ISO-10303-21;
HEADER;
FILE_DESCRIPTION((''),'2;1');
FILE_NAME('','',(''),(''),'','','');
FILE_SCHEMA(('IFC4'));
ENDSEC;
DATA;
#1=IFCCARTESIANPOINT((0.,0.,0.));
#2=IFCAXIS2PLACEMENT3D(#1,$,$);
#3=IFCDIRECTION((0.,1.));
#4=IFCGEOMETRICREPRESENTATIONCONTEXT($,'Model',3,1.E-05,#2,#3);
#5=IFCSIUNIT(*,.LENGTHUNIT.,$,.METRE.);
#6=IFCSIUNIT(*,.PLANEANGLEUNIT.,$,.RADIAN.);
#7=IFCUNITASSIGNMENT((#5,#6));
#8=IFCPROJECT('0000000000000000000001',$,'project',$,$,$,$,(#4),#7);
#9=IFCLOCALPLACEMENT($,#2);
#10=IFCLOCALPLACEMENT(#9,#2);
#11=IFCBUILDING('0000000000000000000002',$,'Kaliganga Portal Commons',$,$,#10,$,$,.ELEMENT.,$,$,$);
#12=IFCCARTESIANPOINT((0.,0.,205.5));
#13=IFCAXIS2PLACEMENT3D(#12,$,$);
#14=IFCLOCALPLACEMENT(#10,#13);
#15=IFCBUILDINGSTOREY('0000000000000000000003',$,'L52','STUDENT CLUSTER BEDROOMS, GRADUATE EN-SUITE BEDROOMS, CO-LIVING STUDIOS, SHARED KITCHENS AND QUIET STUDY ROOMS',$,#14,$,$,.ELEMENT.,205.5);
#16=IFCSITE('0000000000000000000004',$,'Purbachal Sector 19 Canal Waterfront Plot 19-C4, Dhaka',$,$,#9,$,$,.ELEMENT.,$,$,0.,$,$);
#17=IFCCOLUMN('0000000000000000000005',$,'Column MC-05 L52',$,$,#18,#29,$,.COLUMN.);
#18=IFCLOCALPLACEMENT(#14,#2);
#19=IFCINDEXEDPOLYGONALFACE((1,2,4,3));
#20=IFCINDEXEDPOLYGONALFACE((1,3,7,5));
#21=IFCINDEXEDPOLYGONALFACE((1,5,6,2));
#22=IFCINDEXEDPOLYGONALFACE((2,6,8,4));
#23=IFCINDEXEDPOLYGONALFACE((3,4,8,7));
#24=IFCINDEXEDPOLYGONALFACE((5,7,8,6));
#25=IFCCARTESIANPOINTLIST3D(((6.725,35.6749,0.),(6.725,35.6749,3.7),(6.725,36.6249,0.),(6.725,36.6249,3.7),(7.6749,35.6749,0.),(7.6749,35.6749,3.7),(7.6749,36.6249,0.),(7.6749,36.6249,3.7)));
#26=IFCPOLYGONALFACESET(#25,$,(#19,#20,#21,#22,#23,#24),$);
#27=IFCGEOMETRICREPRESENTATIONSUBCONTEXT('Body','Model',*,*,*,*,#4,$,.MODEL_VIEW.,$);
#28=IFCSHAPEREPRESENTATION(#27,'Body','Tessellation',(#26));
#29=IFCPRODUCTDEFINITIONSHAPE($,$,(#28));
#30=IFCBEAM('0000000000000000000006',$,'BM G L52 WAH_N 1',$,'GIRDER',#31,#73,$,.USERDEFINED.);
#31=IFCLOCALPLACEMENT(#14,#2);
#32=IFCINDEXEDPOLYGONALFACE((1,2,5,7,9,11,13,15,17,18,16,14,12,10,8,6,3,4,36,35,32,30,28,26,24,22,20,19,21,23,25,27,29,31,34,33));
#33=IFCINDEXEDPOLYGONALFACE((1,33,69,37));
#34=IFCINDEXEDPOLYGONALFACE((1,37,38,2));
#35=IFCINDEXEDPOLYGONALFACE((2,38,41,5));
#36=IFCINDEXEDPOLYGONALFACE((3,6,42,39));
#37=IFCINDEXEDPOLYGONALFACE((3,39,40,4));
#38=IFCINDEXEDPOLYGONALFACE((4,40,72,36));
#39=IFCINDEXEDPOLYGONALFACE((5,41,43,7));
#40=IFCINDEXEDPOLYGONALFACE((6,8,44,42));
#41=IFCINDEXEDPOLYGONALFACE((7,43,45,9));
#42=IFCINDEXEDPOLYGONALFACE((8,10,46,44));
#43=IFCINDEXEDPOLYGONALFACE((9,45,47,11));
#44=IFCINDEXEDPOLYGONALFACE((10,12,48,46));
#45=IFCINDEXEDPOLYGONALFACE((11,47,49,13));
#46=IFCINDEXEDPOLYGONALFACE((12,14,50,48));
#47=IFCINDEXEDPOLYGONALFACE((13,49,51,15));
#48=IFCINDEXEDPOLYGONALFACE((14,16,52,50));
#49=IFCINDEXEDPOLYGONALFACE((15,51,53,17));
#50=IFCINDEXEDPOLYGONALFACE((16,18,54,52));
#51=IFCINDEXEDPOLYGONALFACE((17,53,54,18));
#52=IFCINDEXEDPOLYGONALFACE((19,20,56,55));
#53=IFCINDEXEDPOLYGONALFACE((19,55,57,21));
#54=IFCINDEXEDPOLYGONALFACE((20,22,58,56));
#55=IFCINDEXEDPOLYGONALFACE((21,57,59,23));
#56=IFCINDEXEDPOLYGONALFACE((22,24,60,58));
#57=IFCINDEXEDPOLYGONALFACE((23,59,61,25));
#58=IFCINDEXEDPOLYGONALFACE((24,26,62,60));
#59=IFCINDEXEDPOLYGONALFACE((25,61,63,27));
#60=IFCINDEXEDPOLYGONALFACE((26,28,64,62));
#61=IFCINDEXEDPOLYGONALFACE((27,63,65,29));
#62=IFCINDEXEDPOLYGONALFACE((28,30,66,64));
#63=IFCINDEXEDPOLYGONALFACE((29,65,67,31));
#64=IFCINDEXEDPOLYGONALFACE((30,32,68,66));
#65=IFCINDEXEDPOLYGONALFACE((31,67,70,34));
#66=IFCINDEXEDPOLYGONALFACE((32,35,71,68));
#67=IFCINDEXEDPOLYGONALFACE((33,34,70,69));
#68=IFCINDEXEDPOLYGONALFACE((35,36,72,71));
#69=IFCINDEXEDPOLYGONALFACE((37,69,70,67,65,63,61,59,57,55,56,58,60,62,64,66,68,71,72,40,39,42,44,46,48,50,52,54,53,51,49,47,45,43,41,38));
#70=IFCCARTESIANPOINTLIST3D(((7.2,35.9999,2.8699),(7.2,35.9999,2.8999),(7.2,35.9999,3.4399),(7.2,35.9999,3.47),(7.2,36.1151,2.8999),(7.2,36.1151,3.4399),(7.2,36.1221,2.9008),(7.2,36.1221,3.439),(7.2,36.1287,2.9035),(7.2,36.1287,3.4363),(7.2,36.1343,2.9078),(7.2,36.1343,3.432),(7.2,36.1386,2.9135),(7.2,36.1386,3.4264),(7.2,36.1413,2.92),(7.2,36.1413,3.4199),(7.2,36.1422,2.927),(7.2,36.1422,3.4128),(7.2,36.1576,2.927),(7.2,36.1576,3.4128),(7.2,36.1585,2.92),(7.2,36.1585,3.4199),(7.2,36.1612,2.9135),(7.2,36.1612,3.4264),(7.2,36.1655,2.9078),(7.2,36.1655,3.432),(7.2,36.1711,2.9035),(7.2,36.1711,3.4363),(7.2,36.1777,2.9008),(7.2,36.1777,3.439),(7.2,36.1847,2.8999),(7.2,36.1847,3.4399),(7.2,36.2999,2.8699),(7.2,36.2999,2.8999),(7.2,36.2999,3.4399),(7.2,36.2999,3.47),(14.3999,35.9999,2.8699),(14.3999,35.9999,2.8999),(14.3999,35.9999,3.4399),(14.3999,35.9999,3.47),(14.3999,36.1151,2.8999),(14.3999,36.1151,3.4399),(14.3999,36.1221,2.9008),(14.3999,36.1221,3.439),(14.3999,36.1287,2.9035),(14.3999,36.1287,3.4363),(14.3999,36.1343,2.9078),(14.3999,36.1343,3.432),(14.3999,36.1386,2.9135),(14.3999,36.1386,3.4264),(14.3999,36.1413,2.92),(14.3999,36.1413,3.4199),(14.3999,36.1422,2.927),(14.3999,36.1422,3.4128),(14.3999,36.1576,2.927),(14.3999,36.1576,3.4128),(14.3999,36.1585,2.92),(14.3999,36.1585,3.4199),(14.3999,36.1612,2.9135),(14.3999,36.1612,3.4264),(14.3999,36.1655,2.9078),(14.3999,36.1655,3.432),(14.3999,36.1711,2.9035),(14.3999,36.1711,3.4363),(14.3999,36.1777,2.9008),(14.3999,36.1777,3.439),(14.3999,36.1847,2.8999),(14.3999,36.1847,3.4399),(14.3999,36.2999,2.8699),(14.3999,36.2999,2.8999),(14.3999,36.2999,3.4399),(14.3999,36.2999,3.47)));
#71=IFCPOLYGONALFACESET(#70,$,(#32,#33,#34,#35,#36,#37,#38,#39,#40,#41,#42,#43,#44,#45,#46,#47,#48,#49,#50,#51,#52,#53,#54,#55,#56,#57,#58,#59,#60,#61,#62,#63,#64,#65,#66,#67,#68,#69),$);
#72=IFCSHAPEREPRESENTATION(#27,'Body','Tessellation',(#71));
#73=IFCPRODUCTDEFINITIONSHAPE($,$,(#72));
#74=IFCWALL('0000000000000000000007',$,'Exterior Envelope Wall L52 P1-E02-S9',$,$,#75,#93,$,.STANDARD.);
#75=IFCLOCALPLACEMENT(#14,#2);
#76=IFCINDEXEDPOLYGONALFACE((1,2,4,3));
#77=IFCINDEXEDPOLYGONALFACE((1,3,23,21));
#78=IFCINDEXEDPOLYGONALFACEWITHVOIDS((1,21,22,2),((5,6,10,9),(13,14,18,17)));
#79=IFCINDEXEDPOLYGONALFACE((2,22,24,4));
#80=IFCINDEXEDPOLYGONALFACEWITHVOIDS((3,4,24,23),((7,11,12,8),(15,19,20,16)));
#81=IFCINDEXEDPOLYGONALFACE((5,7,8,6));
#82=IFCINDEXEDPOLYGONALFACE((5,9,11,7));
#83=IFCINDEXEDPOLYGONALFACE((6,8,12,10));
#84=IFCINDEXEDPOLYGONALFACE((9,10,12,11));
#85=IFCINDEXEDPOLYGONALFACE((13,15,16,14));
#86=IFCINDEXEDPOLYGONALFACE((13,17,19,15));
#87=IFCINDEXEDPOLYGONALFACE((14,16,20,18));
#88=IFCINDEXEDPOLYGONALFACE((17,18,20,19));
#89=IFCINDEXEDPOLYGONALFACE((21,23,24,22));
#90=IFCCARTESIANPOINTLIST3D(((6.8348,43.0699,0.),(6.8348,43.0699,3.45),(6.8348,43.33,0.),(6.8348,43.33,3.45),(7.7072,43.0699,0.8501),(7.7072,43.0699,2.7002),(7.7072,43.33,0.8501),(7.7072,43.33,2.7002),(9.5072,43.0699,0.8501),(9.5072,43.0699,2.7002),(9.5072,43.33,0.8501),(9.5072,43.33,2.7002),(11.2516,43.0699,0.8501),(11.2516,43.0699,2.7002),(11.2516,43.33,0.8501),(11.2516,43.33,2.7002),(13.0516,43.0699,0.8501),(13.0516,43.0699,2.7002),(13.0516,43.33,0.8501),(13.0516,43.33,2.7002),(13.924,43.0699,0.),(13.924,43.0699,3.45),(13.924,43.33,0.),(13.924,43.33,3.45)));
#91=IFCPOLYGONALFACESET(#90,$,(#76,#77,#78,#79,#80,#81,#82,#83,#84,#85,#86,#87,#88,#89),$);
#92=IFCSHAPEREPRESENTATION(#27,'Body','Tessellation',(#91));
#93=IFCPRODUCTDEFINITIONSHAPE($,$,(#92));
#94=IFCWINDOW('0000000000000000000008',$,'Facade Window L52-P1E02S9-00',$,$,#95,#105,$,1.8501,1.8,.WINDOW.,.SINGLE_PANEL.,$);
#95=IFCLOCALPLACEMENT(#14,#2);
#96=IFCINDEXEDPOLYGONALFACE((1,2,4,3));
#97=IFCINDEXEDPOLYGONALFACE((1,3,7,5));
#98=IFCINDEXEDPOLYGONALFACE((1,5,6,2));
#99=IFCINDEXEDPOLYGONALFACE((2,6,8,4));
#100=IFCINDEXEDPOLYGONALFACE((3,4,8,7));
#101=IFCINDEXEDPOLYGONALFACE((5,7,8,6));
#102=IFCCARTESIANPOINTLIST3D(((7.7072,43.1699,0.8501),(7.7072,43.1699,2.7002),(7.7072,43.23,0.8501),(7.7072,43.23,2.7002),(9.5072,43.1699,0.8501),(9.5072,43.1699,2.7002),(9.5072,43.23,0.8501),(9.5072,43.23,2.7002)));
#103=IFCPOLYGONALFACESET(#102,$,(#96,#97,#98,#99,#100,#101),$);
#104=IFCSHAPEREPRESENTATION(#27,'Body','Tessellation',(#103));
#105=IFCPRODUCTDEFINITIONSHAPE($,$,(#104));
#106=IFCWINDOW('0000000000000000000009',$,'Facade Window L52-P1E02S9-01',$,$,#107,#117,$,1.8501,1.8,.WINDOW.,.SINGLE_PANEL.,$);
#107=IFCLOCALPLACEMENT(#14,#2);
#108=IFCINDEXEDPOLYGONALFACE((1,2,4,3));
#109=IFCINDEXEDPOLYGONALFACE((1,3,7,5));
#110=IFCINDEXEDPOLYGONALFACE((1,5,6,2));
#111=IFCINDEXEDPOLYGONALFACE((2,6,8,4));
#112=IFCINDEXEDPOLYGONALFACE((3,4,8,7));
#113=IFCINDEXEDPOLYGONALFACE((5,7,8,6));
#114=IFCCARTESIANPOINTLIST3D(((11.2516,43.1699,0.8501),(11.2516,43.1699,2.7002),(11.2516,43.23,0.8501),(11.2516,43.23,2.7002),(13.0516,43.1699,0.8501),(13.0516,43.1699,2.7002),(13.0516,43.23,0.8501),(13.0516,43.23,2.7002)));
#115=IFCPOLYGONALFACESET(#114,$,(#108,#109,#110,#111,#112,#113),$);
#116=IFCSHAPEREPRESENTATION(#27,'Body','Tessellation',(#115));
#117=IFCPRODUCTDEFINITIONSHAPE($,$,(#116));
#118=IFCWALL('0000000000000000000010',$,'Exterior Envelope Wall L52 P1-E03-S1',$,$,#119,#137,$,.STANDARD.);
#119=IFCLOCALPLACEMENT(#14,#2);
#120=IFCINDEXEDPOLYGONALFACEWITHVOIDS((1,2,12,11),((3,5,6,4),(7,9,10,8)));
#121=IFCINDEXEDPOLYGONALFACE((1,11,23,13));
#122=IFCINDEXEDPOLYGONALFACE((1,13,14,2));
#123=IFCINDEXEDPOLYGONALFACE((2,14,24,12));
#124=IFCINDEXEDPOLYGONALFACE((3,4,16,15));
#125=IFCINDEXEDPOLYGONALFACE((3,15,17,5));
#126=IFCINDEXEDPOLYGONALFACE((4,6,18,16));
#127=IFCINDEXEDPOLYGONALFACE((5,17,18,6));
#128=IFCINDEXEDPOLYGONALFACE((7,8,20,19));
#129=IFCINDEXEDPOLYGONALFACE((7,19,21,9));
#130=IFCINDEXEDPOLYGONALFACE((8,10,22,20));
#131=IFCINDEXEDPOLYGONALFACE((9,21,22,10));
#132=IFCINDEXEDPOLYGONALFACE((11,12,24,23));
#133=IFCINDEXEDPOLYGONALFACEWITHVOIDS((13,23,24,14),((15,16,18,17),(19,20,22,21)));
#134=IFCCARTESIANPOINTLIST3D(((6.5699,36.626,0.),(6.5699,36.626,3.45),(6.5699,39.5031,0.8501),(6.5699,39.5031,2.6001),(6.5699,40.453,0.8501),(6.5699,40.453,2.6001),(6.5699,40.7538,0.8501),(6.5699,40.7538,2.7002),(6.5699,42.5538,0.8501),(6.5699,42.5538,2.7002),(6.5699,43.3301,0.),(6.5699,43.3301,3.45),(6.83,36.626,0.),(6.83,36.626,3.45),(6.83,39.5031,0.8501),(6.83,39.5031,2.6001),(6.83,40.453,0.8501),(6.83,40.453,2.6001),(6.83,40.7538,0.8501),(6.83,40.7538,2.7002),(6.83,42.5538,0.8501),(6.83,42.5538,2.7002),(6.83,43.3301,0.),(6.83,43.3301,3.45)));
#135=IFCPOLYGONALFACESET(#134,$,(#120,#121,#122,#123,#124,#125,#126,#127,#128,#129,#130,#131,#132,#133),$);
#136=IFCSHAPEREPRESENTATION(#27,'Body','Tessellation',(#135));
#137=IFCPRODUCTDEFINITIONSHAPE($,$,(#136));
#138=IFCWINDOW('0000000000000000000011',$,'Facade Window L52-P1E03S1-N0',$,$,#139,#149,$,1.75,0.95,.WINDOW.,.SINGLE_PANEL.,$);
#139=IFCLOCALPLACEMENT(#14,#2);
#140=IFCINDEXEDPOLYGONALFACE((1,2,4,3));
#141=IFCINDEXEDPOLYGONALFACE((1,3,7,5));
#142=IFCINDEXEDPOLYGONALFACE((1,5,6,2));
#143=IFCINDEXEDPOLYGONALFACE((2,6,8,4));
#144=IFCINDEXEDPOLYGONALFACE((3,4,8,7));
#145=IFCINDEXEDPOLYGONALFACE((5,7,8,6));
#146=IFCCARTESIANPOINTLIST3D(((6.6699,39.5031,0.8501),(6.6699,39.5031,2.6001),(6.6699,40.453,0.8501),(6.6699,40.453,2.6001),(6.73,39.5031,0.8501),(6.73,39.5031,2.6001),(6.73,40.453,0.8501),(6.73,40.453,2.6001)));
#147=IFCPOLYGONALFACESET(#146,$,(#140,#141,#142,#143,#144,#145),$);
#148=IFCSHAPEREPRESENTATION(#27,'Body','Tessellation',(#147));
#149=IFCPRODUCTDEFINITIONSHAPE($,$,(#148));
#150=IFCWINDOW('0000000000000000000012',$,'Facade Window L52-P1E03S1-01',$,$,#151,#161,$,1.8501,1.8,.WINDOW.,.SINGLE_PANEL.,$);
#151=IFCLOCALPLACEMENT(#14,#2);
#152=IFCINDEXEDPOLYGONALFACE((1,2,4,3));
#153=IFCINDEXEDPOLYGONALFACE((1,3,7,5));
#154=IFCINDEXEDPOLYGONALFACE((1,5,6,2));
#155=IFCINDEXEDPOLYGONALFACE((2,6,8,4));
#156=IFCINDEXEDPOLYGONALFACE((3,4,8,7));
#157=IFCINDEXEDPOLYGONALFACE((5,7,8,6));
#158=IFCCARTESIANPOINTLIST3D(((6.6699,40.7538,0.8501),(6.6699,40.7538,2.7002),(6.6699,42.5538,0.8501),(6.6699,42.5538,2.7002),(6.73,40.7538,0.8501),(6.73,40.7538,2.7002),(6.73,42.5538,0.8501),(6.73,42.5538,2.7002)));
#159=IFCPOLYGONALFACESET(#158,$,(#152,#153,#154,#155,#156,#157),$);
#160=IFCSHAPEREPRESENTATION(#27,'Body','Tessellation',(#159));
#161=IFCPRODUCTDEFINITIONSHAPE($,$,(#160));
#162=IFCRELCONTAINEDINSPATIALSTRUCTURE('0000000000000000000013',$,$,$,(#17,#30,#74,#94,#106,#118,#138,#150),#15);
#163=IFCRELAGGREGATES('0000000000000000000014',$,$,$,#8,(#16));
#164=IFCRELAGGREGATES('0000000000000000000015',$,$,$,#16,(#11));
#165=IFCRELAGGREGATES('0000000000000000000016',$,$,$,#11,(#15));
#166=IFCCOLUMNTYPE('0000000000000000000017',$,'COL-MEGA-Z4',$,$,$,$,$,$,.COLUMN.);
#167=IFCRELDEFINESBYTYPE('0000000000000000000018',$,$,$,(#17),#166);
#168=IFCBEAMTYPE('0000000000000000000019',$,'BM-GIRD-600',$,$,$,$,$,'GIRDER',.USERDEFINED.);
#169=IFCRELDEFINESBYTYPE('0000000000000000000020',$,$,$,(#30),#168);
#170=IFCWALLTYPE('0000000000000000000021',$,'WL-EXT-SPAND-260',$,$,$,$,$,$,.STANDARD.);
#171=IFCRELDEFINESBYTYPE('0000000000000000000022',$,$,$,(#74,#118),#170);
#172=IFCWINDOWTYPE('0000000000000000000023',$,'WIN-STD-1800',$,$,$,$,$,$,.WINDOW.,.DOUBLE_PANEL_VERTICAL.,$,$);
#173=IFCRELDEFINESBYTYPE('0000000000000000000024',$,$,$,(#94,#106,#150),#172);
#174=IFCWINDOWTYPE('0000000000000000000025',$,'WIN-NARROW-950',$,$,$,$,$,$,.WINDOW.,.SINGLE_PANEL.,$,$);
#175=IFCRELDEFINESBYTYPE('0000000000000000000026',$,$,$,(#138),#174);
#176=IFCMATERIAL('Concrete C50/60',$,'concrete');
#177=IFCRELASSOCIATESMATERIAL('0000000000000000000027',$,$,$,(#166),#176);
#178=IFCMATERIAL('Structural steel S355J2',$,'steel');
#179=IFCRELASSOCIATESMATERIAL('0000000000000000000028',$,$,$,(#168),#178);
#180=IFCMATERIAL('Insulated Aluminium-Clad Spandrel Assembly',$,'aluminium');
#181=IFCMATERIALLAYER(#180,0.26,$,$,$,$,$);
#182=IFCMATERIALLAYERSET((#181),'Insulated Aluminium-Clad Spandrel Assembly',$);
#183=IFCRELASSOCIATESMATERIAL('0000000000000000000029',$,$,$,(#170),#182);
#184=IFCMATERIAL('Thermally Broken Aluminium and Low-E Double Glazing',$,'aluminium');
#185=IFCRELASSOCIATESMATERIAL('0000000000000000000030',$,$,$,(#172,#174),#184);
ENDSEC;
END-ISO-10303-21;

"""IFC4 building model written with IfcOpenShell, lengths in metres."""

from ifc_helpers import new_model, si_unit, direction, frame, frame_2d, origin, origin_2d, place, context, subcontext, project, spatial, rectangle, i_section, extrude, source, transform, mapped, material, layer, layer_set, material_profile, profile_set, type_object, element, fill, save


model = new_model("IFC4")

# Units and contexts
model_context = context("Model", 3, precision=1e-05, world=origin(), true_north=direction((0.0, 1.0)))
body_context = subcontext(model_context, "Body", "Model", "MODEL_VIEW")
ifc_project = project(units=[si_unit("LENGTHUNIT", "METRE"), si_unit("PLANEANGLEUNIT", "RADIAN")], contexts=[model_context])

# Site, building, storey
site_placement = place(None, origin())
site = spatial("IfcSite", under=ifc_project, at=site_placement, Name="Purbachal Sector 19 Canal Waterfront Plot 19-C4, Dhaka", CompositionType="ELEMENT", RefElevation=0.0)
building_placement = place(site_placement, origin())
building = spatial("IfcBuilding", under=site, at=building_placement, Name="Kaliganga Portal Commons", CompositionType="ELEMENT")
storey_placement = place(building_placement, frame((0.0, 0.0, 205.5)))
storey = spatial("IfcBuildingStorey", under=building, at=storey_placement, Name="L52", Description="STUDENT CLUSTER BEDROOMS, GRADUATE EN-SUITE BEDROOMS, CO-LIVING STUDIOS, SHARED KITCHENS AND QUIET STUDY ROOMS", CompositionType="ELEMENT", Elevation=205.5)

# Column
ifc_material_1 = material(Name="Concrete C50/60", Category="concrete")
ifc_material_profile_1 = material_profile(ifc_material_1, rectangle(XDim=0.95, YDim=0.95, at=origin_2d()), Name="RC 950x950")
ifc_profile_set_1 = profile_set([ifc_material_profile_1], Name="Concrete C50/60")
column_type = type_object("IfcColumnType", Name="COL-MEGA-Z4", PredefinedType="COLUMN", material=ifc_profile_set_1)
shared_shape_1 = source(origin(), body_context, "Body", "SweptSolid", [
    extrude(rectangle(XDim=0.95, YDim=0.95, at=origin_2d()), origin(), (0.0, 0.0, 1.0), 3.7),
])
column_placement = place(storey_placement, frame((7.2, 36.1499, 0.0), z_axis=(0.0, 0.0, 1.0), x_axis=(1.0, 0.0, 0.0)))
element("IfcColumn", 1, at=column_placement, inside=storey, type_object=column_type, Name="Column MC-05 L52", PredefinedType="COLUMN", context=body_context, shape_type="MappedRepresentation", body=[
    mapped(shared_shape_1, transform((0.0, 0.0, 0.0), x_axis=(1.0, 0.0, 0.0), y_axis=(0.0, 1.0, 0.0), z_axis=(0.0, 0.0, 1.0), scale=1.0)),
])

# Beam
ifc_material_2 = material(Name="Structural steel S355J2", Category="steel")
ifc_material_profile_2 = material_profile(ifc_material_2, i_section(OverallWidth=0.3, OverallDepth=0.6001, WebThickness=0.0154, FlangeThickness=0.03, FilletRadius=0.0271, at=origin_2d()), Name="HE 600 B")
ifc_profile_set_2 = profile_set([ifc_material_profile_2], Name="Structural steel S355J2 wide-flange")
beam_type = type_object("IfcBeamType", Name="BM-GIRD-600", ElementType="GIRDER", PredefinedType="USERDEFINED", material=ifc_profile_set_2)
shared_shape_2 = source(origin(), body_context, "Body", "SweptSolid", [
    extrude(i_section(OverallWidth=0.3, OverallDepth=0.6001, WebThickness=0.0154, FlangeThickness=0.03, FilletRadius=0.0271, at=origin_2d()), origin(), (0.0, 0.0, 1.0), 7.2),
])
beam_placement = place(storey_placement, frame((7.2, 36.1499, 3.1699), z_axis=(1.0, 0.0, 0.0), x_axis=(0.0, 1.0, 0.0)))
element("IfcBeam", 2, at=beam_placement, inside=storey, type_object=beam_type, Name="BM G L52 WAH_N 1", ObjectType="GIRDER", PredefinedType="USERDEFINED", context=body_context, shape_type="MappedRepresentation", body=[
    mapped(shared_shape_2, transform((0.0, 0.0, 0.0), x_axis=(1.0, 0.0, 0.0), y_axis=(0.0, 1.0, 0.0), z_axis=(0.0, 0.0, 1.0), scale=1.0)),
])

# Walls, openings, windows
ifc_material_3 = material(Name="Insulated Aluminium-Clad Spandrel Assembly", Category="aluminium")
ifc_layer_1 = layer(ifc_material_3, 0.26)
ifc_layer_set_1 = layer_set([ifc_layer_1], Name="Insulated Aluminium-Clad Spandrel Assembly")
wall_type_1 = type_object("IfcWallType", Name="WL-EXT-SPAND-260", PredefinedType="STANDARD", material=ifc_layer_set_1)
wall_1_placement = place(storey_placement, frame((6.835, 43.2, 0.0), z_axis=(0.0, 0.0, 1.0), x_axis=(1.0, 0.0, 0.0)))
wall_1 = element("IfcWall", 3, at=wall_1_placement, inside=storey, type_object=wall_type_1, Name="Exterior Envelope Wall L52 P1-E02-S9", PredefinedType="STANDARD", context=body_context, shape_type="SweptSolid", body=[
    extrude(rectangle(XDim=7.0891, YDim=0.26, at=frame_2d((3.5444, 0.0))), origin(), (0.0, 0.0, 1.0), 3.45),
])
opening_1_placement = place(wall_1_placement, frame((0.8723, 0.0, 0.8501)))
opening_1 = element("IfcOpeningElement", 4, at=opening_1_placement, cuts=wall_1, PredefinedType="OPENING", context=body_context, shape_type="SweptSolid", body=[
    extrude(rectangle(XDim=1.8, YDim=1.8501, at=frame_2d((0.8999, 0.925))), frame((0.0, 0.1401, 0.0), z_axis=(0.0, -1.0, 0.0), x_axis=(1.0, 0.0, 0.0)), (0.0, 0.0, 1.0), 0.28),
])
opening_2_placement = place(wall_1_placement, frame((4.4167, 0.0, 0.8501)))
opening_2 = element("IfcOpeningElement", 5, at=opening_2_placement, cuts=wall_1, PredefinedType="OPENING", context=body_context, shape_type="SweptSolid", body=[
    extrude(rectangle(XDim=1.8, YDim=1.8501, at=frame_2d((0.8999, 0.925))), frame((0.0, 0.1401, 0.0), z_axis=(0.0, -1.0, 0.0), x_axis=(1.0, 0.0, 0.0)), (0.0, 0.0, 1.0), 0.28),
])
ifc_material_4 = material(Name="Thermally Broken Aluminium and Low-E Double Glazing", Category="aluminium")
window_type_1 = type_object("IfcWindowType", Name="WIN-STD-1800", PartitioningType="DOUBLE_PANEL_VERTICAL", PredefinedType="WINDOW", material=ifc_material_4)
window_1_placement = place(opening_1_placement, origin())
window_1 = element("IfcWindow", 6, at=window_1_placement, inside=storey, type_object=window_type_1, Name="Facade Window L52-P1E02S9-00", OverallHeight=1.8501, OverallWidth=1.8, PartitioningType="SINGLE_PANEL", PredefinedType="WINDOW", context=body_context, shape_type="SweptSolid", body=[
    extrude(rectangle(XDim=1.8, YDim=1.8501, at=frame_2d((0.8999, 0.925))), frame((0.0, 0.03, 0.0), z_axis=(0.0, -1.0, 0.0), x_axis=(1.0, 0.0, 0.0)), (0.0, 0.0, 1.0), 0.0601),
])
fill(opening_1, window_1)
window_2_placement = place(opening_2_placement, origin())
window_2 = element("IfcWindow", 7, at=window_2_placement, inside=storey, type_object=window_type_1, Name="Facade Window L52-P1E02S9-01", OverallHeight=1.8501, OverallWidth=1.8, PartitioningType="SINGLE_PANEL", PredefinedType="WINDOW", context=body_context, shape_type="SweptSolid", body=[
    extrude(rectangle(XDim=1.8, YDim=1.8501, at=frame_2d((0.8999, 0.925))), frame((0.0, 0.03, 0.0), z_axis=(0.0, -1.0, 0.0), x_axis=(1.0, 0.0, 0.0)), (0.0, 0.0, 1.0), 0.0601),
])
fill(opening_2, window_2)
wall_2_placement = place(storey_placement, frame((6.7, 36.626, 0.0), z_axis=(0.0, 0.0, 1.0), x_axis=(0.0, 1.0, 0.0)))
wall_2 = element("IfcWall", 8, at=wall_2_placement, inside=storey, type_object=wall_type_1, Name="Exterior Envelope Wall L52 P1-E03-S1", PredefinedType="STANDARD", context=body_context, shape_type="SweptSolid", body=[
    extrude(rectangle(XDim=6.7041, YDim=0.26, at=frame_2d((3.3521, 0.0))), origin(), (0.0, 0.0, 1.0), 3.45),
])
opening_3_placement = place(wall_2_placement, frame((4.1279, 0.0, 0.8501)))
opening_3 = element("IfcOpeningElement", 9, at=opening_3_placement, cuts=wall_2, PredefinedType="OPENING", context=body_context, shape_type="SweptSolid", body=[
    extrude(rectangle(XDim=1.8, YDim=1.8501, at=frame_2d((0.8999, 0.925))), frame((0.0, 0.1401, 0.0), z_axis=(0.0, -1.0, 0.0), x_axis=(1.0, 0.0, 0.0)), (0.0, 0.0, 1.0), 0.28),
])
opening_4_placement = place(wall_2_placement, frame((2.877, 0.0, 0.8501)))
opening_4 = element("IfcOpeningElement", 10, at=opening_4_placement, cuts=wall_2, PredefinedType="OPENING", context=body_context, shape_type="SweptSolid", body=[
    extrude(rectangle(XDim=0.95, YDim=1.75, at=frame_2d((0.4751, 0.875))), frame((0.0, 0.1401, 0.0), z_axis=(0.0, -1.0, 0.0), x_axis=(1.0, 0.0, 0.0)), (0.0, 0.0, 1.0), 0.28),
])
window_type_2 = type_object("IfcWindowType", Name="WIN-NARROW-950", PartitioningType="SINGLE_PANEL", PredefinedType="WINDOW", material=ifc_material_4)
window_3_placement = place(opening_4_placement, origin())
window_3 = element("IfcWindow", 11, at=window_3_placement, inside=storey, type_object=window_type_2, Name="Facade Window L52-P1E03S1-N0", OverallHeight=1.75, OverallWidth=0.95, PartitioningType="SINGLE_PANEL", PredefinedType="WINDOW", context=body_context, shape_type="SweptSolid", body=[
    extrude(rectangle(XDim=0.95, YDim=1.75, at=frame_2d((0.4751, 0.875))), frame((0.0, 0.03, 0.0), z_axis=(0.0, -1.0, 0.0), x_axis=(1.0, 0.0, 0.0)), (0.0, 0.0, 1.0), 0.0601),
])
fill(opening_4, window_3)
window_4_placement = place(opening_3_placement, origin())
window_4 = element("IfcWindow", 12, at=window_4_placement, inside=storey, type_object=window_type_1, Name="Facade Window L52-P1E03S1-01", OverallHeight=1.8501, OverallWidth=1.8, PartitioningType="SINGLE_PANEL", PredefinedType="WINDOW", context=body_context, shape_type="SweptSolid", body=[
    extrude(rectangle(XDim=1.8, YDim=1.8501, at=frame_2d((0.8999, 0.925))), frame((0.0, 0.03, 0.0), z_axis=(0.0, -1.0, 0.0), x_axis=(1.0, 0.0, 0.0)), (0.0, 0.0, 1.0), 0.0601),
])
fill(opening_3, window_4)

save(model, "model.ifc")
